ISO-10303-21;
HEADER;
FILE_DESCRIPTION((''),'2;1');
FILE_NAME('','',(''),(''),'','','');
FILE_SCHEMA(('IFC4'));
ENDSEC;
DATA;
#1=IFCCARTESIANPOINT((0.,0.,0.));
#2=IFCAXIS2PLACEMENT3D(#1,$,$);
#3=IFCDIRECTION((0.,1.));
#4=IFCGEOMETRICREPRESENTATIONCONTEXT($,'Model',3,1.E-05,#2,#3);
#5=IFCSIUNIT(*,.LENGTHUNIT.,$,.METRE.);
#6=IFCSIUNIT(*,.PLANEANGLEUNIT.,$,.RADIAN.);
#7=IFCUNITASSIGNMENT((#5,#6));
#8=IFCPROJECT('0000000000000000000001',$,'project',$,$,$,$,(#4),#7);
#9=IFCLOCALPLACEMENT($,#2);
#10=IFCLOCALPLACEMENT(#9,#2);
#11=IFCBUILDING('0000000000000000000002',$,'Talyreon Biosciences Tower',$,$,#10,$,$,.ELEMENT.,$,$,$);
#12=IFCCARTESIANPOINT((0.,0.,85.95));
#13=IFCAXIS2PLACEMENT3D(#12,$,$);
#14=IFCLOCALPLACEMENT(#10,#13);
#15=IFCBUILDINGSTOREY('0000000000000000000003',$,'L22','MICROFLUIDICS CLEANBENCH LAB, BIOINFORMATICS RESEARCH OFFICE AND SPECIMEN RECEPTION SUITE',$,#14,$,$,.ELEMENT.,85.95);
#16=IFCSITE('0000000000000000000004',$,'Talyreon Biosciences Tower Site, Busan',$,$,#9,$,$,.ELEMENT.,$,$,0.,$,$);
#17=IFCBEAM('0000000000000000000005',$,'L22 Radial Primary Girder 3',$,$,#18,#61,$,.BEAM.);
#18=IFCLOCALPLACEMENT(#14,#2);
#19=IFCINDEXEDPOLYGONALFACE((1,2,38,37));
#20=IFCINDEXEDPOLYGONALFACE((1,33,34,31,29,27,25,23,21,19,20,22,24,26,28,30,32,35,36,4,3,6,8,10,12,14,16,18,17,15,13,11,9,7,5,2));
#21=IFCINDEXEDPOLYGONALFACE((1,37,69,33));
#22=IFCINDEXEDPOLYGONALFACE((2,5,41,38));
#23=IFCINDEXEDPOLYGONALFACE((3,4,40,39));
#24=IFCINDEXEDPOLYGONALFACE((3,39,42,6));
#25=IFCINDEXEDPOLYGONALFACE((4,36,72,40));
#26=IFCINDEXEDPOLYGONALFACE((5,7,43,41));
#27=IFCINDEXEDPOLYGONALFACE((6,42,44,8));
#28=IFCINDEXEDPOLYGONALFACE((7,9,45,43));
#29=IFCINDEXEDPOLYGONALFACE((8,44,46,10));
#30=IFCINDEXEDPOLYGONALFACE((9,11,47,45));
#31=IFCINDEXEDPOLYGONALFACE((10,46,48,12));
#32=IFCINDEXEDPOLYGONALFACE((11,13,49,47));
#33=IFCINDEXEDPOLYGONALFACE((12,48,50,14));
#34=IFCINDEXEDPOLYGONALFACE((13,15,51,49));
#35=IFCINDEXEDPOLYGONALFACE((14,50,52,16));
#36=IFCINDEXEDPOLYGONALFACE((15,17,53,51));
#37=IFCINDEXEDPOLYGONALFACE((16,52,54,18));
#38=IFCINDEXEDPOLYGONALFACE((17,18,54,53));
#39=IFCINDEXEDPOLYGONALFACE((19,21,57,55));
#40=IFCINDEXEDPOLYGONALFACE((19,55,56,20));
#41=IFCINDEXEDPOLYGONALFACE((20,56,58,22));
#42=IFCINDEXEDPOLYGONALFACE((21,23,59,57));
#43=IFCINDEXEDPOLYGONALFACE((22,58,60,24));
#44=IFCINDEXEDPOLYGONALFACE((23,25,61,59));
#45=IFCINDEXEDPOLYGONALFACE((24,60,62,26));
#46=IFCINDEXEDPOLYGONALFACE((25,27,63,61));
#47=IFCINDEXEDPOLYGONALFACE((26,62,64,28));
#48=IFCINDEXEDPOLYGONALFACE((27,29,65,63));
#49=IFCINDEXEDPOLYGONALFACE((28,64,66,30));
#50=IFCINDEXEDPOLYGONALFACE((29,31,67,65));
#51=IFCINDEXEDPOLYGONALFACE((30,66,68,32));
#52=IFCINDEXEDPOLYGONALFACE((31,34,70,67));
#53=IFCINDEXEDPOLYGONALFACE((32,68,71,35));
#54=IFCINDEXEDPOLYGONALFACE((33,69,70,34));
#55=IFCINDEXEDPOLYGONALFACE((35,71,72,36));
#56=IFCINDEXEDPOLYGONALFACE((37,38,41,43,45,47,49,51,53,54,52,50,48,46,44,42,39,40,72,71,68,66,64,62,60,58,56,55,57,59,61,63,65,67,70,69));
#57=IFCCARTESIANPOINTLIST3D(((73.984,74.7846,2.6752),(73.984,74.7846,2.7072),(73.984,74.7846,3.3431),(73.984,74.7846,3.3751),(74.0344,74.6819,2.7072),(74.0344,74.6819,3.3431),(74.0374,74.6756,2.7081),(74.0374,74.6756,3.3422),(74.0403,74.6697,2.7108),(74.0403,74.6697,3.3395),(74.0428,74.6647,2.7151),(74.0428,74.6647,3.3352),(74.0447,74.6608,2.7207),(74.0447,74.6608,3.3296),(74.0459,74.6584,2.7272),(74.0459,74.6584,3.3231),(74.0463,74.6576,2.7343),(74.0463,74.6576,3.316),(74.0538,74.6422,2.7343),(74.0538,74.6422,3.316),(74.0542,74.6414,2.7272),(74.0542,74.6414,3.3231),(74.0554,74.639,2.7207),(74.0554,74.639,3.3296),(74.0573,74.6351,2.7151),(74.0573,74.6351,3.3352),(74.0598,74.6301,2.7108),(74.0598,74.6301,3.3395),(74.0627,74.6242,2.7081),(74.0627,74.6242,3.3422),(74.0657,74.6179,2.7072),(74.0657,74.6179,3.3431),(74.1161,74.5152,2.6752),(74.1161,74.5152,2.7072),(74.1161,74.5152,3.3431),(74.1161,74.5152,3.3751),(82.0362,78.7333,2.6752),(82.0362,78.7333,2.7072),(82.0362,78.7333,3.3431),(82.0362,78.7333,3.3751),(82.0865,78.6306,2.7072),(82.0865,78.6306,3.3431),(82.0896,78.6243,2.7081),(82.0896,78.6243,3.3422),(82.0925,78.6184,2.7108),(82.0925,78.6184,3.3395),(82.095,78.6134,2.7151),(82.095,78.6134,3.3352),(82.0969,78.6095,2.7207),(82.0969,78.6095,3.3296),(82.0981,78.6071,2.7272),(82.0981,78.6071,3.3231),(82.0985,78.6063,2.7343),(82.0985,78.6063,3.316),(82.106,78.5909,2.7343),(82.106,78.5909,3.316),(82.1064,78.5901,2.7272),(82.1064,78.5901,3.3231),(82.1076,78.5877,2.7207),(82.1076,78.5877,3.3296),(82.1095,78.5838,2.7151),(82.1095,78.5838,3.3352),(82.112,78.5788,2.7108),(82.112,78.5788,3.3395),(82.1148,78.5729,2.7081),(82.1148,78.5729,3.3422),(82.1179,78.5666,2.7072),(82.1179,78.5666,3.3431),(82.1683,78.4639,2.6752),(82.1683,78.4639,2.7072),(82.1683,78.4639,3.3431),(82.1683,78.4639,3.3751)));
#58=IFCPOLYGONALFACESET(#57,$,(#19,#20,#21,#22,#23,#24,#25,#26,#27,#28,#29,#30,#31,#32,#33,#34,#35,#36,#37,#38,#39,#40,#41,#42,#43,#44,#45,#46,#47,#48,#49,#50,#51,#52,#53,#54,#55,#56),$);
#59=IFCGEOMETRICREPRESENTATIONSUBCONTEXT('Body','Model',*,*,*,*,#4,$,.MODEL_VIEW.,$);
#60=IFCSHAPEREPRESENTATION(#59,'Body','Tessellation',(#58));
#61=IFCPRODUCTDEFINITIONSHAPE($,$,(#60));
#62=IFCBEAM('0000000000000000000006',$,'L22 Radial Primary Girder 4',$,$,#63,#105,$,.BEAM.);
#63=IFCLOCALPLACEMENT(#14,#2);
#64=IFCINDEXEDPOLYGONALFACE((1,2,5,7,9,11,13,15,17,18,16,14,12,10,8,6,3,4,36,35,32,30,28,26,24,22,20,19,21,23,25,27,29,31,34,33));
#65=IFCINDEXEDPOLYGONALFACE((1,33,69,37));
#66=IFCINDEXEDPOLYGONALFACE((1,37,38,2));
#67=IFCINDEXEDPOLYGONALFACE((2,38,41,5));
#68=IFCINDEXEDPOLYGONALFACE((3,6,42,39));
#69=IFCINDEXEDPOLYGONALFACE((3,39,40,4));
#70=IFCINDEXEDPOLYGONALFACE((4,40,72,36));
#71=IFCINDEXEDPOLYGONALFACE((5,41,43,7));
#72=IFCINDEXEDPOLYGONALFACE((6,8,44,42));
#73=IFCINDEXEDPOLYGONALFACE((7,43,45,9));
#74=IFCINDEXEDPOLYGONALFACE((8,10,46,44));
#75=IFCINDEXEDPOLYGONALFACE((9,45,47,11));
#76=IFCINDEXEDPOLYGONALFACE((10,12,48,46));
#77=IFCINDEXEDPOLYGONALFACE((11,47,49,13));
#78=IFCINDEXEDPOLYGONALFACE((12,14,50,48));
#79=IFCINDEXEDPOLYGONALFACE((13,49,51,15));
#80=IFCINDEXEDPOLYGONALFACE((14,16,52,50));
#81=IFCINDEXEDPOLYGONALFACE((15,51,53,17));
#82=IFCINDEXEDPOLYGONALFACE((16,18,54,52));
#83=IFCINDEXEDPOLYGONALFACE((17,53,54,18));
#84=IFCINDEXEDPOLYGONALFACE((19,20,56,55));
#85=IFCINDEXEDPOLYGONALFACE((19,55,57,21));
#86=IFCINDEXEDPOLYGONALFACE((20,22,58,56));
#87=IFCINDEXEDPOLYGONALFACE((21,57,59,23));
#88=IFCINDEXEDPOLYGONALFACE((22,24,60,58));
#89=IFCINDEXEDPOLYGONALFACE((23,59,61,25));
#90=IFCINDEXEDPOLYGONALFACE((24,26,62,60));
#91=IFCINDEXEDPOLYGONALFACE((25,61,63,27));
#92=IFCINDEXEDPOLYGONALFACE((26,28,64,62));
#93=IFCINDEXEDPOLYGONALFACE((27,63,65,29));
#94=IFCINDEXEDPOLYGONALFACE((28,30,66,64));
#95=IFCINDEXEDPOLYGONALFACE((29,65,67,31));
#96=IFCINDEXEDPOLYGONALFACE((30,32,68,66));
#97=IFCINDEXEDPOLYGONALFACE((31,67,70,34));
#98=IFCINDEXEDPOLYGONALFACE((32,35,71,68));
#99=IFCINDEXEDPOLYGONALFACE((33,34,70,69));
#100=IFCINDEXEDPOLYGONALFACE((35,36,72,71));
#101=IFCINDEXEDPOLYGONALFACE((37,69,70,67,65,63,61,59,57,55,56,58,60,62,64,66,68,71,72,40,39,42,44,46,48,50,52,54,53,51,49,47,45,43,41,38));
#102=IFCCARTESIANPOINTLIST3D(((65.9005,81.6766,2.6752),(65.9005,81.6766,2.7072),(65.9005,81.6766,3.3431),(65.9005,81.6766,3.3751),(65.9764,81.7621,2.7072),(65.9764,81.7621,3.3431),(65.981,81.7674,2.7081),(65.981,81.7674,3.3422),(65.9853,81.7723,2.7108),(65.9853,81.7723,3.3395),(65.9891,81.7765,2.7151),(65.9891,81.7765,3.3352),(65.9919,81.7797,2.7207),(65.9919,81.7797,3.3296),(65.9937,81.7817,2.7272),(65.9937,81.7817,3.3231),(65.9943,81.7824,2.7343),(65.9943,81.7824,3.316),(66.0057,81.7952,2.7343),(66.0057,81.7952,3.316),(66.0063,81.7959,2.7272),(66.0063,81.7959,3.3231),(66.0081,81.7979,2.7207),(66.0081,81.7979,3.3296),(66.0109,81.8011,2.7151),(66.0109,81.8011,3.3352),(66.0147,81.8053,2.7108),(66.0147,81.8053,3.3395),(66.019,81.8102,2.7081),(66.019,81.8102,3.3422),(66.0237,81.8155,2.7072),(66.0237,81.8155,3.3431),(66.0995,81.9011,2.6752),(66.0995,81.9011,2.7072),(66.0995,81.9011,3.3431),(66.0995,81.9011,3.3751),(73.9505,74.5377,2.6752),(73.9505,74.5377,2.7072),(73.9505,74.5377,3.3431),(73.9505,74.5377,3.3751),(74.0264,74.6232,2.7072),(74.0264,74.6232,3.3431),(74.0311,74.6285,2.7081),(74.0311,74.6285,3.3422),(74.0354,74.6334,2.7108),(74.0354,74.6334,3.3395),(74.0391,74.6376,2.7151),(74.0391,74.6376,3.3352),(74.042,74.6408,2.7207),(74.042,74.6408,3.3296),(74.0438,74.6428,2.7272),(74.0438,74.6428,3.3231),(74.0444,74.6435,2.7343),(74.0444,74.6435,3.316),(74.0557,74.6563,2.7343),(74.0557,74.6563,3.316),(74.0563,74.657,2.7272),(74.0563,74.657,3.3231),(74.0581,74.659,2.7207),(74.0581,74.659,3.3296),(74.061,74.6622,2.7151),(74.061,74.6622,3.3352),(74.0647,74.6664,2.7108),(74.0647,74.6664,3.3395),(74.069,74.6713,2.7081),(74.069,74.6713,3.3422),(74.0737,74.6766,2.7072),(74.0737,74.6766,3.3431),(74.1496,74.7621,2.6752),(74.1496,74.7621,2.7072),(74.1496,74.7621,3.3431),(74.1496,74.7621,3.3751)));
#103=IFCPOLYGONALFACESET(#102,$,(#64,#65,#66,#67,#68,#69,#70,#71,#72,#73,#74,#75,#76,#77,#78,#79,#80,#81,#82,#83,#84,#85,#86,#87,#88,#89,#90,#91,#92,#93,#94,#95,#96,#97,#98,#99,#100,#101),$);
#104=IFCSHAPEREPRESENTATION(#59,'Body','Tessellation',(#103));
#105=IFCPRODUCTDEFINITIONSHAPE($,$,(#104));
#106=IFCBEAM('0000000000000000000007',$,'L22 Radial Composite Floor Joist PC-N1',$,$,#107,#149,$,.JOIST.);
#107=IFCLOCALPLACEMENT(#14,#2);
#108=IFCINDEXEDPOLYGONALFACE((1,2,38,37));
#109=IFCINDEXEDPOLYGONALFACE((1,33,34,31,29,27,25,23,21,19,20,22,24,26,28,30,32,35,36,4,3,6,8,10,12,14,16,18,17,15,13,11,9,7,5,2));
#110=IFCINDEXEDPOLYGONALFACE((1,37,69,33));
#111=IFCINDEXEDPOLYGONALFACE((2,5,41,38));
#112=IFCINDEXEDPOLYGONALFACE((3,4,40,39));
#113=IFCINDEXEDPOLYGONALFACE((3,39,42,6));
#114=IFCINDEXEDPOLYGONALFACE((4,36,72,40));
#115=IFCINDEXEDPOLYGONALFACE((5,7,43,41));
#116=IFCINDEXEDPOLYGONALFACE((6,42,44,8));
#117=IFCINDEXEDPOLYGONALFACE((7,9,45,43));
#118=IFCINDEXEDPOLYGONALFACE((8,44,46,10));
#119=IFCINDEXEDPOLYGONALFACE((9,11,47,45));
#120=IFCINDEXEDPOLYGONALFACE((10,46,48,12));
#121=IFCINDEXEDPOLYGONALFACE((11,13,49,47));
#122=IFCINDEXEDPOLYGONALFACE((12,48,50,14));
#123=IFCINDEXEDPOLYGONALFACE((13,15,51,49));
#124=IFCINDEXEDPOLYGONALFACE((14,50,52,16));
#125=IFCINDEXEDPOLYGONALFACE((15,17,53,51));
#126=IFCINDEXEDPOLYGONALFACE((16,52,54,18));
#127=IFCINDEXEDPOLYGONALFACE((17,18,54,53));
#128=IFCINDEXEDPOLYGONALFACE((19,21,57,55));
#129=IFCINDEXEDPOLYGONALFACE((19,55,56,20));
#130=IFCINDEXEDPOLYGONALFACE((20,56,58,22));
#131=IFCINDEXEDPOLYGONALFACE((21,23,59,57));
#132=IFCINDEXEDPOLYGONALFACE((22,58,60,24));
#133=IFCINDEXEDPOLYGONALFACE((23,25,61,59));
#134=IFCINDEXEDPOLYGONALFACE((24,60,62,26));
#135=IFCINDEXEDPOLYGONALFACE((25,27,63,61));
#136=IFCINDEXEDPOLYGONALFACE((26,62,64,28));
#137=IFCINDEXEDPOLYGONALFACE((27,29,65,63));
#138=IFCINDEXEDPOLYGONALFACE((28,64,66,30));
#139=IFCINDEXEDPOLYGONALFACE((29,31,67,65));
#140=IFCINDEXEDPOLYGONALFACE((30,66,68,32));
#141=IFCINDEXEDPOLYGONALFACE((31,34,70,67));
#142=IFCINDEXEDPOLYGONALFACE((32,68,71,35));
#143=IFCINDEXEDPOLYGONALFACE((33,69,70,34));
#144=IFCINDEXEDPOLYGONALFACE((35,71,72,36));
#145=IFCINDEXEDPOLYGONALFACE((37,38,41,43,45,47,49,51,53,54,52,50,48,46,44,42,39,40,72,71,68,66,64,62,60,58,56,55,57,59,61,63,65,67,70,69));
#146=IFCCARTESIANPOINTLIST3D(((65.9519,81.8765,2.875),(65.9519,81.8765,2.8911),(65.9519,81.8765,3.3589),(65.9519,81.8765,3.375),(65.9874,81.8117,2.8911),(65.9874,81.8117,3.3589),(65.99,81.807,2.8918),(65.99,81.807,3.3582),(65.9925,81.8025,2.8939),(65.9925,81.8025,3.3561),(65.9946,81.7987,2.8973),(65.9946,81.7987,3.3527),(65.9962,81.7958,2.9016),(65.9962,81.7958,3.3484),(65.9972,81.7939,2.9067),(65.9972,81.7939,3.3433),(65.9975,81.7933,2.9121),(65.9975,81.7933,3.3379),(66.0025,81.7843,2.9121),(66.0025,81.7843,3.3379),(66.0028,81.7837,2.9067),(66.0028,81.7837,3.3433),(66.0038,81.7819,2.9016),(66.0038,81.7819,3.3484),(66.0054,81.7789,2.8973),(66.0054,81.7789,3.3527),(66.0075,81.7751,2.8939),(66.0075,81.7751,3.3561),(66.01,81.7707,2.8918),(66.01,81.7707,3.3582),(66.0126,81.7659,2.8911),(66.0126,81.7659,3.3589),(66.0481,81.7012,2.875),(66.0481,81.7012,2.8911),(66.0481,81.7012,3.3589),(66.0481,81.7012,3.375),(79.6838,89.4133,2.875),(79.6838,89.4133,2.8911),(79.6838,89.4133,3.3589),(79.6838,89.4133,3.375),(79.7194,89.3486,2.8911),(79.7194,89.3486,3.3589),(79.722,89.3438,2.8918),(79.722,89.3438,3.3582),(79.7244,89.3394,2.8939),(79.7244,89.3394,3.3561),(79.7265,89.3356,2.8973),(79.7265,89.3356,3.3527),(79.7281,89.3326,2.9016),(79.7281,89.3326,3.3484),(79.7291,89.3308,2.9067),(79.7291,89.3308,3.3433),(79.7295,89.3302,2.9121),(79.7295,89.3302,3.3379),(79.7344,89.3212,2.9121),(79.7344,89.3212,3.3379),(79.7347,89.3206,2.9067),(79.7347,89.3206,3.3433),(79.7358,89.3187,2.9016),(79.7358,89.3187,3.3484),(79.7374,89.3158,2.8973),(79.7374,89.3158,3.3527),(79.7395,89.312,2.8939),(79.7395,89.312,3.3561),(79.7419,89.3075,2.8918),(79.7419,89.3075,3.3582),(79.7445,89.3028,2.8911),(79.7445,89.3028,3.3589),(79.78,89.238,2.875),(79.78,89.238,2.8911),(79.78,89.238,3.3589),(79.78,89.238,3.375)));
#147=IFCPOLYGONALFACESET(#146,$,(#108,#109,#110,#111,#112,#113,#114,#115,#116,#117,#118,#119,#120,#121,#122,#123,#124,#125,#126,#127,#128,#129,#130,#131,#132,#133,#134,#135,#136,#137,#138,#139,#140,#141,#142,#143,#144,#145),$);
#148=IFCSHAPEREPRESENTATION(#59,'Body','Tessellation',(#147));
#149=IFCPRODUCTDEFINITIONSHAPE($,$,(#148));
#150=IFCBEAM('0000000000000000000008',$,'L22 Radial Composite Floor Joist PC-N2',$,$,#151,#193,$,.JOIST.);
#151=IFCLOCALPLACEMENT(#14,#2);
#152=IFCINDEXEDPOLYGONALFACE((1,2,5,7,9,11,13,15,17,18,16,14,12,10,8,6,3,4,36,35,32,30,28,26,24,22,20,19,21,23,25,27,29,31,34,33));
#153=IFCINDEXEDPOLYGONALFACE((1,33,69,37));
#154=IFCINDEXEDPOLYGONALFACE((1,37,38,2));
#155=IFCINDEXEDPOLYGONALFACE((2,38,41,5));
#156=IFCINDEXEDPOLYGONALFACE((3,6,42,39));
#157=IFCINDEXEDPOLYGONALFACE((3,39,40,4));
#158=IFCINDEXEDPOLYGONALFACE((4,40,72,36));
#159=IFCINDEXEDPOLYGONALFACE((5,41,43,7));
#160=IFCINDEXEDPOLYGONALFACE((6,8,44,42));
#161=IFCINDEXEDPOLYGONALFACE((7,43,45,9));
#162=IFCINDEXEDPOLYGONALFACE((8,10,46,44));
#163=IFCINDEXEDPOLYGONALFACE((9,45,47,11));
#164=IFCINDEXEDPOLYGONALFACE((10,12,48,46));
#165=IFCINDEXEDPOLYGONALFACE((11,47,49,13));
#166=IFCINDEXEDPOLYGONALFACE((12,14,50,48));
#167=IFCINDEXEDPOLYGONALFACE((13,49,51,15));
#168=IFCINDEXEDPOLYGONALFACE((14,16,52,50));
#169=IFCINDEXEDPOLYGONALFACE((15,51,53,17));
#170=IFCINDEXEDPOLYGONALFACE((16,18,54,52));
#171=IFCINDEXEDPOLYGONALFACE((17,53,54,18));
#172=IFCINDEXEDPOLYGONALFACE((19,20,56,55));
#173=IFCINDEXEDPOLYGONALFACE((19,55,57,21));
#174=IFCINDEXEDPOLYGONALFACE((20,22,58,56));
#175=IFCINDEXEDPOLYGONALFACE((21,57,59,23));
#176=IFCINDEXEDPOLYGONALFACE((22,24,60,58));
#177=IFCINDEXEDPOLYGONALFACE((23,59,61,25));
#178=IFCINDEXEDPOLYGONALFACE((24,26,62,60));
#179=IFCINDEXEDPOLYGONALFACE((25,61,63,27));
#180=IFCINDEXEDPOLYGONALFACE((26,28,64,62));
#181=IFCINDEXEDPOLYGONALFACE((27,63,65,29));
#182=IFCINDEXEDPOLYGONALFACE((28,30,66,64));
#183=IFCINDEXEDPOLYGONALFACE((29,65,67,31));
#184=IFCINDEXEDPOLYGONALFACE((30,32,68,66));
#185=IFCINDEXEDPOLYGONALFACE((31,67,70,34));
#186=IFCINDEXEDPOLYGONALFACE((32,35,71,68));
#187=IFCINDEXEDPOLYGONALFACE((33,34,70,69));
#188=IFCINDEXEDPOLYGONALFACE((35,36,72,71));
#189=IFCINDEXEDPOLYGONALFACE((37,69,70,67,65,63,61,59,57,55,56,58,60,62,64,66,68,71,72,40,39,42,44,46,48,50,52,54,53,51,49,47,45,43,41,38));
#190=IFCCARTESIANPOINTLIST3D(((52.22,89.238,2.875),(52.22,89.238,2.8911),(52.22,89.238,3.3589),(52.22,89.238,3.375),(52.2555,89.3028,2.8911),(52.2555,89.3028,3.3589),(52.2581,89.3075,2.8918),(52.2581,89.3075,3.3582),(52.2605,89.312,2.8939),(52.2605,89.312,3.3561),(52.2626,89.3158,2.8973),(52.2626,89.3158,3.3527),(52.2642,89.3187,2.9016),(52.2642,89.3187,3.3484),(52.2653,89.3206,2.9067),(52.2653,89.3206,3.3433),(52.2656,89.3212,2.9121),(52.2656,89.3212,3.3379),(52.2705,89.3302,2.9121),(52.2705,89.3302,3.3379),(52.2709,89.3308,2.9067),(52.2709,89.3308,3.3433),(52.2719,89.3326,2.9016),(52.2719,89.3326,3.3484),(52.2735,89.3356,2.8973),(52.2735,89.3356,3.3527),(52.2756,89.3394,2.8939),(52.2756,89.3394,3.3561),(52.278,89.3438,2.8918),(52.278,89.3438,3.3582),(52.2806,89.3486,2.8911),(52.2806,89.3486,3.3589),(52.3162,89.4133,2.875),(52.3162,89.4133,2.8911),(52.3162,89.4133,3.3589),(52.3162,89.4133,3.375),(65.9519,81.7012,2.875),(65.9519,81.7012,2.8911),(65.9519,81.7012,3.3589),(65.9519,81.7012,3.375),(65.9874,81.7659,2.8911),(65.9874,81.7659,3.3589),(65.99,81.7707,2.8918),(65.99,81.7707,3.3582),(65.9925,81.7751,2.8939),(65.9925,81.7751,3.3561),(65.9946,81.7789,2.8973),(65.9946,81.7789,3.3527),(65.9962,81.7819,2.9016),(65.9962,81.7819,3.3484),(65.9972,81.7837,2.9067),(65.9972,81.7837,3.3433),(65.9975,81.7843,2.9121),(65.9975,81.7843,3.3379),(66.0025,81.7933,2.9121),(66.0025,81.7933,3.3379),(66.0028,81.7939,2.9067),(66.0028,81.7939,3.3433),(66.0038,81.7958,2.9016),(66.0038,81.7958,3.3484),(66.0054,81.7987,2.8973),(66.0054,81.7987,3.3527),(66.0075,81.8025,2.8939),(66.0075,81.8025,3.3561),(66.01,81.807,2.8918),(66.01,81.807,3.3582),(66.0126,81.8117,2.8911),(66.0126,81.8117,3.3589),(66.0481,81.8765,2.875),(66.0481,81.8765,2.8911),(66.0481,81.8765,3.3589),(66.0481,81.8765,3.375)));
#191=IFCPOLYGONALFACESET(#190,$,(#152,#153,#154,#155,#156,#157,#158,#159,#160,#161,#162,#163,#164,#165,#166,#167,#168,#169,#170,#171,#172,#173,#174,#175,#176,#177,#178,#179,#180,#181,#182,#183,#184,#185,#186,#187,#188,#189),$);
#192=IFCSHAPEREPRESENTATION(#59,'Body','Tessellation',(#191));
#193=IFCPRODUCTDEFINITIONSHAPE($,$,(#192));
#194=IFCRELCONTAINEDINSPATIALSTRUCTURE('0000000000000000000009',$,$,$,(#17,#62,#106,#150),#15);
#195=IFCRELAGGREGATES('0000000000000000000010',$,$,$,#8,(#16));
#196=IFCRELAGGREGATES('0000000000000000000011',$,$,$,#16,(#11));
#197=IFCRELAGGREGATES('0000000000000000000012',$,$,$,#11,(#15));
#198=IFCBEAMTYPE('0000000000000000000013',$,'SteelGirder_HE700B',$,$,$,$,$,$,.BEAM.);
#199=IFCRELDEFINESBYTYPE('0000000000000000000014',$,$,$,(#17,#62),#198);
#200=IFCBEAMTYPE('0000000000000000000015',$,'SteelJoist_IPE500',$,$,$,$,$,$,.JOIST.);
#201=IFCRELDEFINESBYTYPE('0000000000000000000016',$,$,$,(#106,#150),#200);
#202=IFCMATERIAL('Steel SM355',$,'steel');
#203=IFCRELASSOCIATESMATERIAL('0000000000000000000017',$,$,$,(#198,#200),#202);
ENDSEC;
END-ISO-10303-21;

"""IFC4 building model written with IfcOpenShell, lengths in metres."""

from ifc_helpers import new_model, si_unit, direction, frame, origin, origin_2d, place, context, subcontext, project, spatial, i_section, extrude, material, material_profile, profile_set, type_object, element, save


model = new_model("IFC4")

# Units and contexts
model_context = context("Model", 3, precision=1e-05, world=origin(), true_north=direction((0.0, 1.0)))
body_context = subcontext(model_context, "Body", "Model", "MODEL_VIEW")
ifc_project = project(units=[si_unit("LENGTHUNIT", "METRE"), si_unit("PLANEANGLEUNIT", "RADIAN")], contexts=[model_context])

# Site, building, storey
site_placement = place(None, origin())
site = spatial("IfcSite", under=ifc_project, at=site_placement, Name="Talyreon Biosciences Tower Site, Busan", CompositionType="ELEMENT", RefElevation=0.0)
building_placement = place(site_placement, origin())
building = spatial("IfcBuilding", under=site, at=building_placement, Name="Talyreon Biosciences Tower", CompositionType="ELEMENT")
storey_placement = place(building_placement, frame((0.0, 0.0, 85.95)))
storey = spatial("IfcBuildingStorey", under=building, at=storey_placement, Name="L22", Description="MICROFLUIDICS CLEANBENCH LAB, BIOINFORMATICS RESEARCH OFFICE AND SPECIMEN RECEPTION SUITE", CompositionType="ELEMENT", Elevation=85.95)

# Beams
ifc_material_1 = material(Name="Steel SM355", Category="steel")
ifc_material_profile_1 = material_profile(ifc_material_1, i_section(OverallWidth=0.3, OverallDepth=0.7, WebThickness=0.0171, FlangeThickness=0.032, FilletRadius=0.0271, at=origin_2d()), Name="HE700B")
ifc_profile_set_1 = profile_set([ifc_material_profile_1], Name="Steel SM355")
beam_type_1 = type_object("IfcBeamType", Name="SteelGirder_HE700B", PredefinedType="BEAM", material=ifc_profile_set_1)
beam_1_placement = place(storey_placement, frame((74.05, 74.6499, 3.0251), z_axis=(0.897852, 0.440297, 0.0), x_axis=(-0.440297, 0.897852, 0.0)))
element("IfcBeam", 1, at=beam_1_placement, inside=storey, type_object=beam_type_1, Name="L22 Radial Primary Girder 3", PredefinedType="BEAM", context=body_context, shape_type="SweptSolid", body=[
    extrude(i_section(OverallWidth=0.3, OverallDepth=0.7, WebThickness=0.0171, FlangeThickness=0.032, FilletRadius=0.0271, at=origin_2d()), origin(), (0.0, 0.0, 1.0), 8.9683),
])
beam_2_placement = place(storey_placement, frame((74.05, 74.6499, 3.0251), z_axis=(-0.748179, 0.663497, 0.0), x_axis=(-0.663497, -0.748179, 0.0)))
element("IfcBeam", 2, at=beam_2_placement, inside=storey, type_object=beam_type_1, Name="L22 Radial Primary Girder 4", PredefinedType="BEAM", context=body_context, shape_type="SweptSolid", body=[
    extrude(i_section(OverallWidth=0.3, OverallDepth=0.7, WebThickness=0.0171, FlangeThickness=0.032, FilletRadius=0.0271, at=origin_2d()), origin(), (0.0, 0.0, 1.0), 10.7595),
])
ifc_material_profile_2 = material_profile(ifc_material_1, i_section(OverallWidth=0.2, OverallDepth=0.5, WebThickness=0.0103, FlangeThickness=0.0161, FilletRadius=0.021, at=origin_2d()), Name="IPE500")
ifc_profile_set_2 = profile_set([ifc_material_profile_2], Name="Steel SM355")
beam_type_2 = type_object("IfcBeamType", Name="SteelJoist_IPE500", PredefinedType="JOIST", material=ifc_profile_set_2)
for number, where, z_axis, x_axis, name in (
    (3, (66.0, 81.7888, 3.125), (0.876639, 0.481149, 0.0), (-0.481149, 0.876639, 0.0), "L22 Radial Composite Floor Joist PC-N1"),
    (4, (66.0, 81.7888, 3.125), (-0.876639, 0.481149, 0.0), (-0.481149, -0.876639, 0.0), "L22 Radial Composite Floor Joist PC-N2"),
):
    element("IfcBeam", number, at=place(storey_placement, frame(where, z_axis=z_axis, x_axis=x_axis)), inside=storey, type_object=beam_type_2, Name=name, PredefinedType="JOIST", context=body_context, shape_type="SweptSolid", body=[
        extrude(i_section(OverallWidth=0.2, OverallDepth=0.5, WebThickness=0.0103, FlangeThickness=0.0161, FilletRadius=0.021, at=origin_2d()), origin(), (0.0, 0.0, 1.0), 15.6643),
    ])

save(model, "model.ifc")
